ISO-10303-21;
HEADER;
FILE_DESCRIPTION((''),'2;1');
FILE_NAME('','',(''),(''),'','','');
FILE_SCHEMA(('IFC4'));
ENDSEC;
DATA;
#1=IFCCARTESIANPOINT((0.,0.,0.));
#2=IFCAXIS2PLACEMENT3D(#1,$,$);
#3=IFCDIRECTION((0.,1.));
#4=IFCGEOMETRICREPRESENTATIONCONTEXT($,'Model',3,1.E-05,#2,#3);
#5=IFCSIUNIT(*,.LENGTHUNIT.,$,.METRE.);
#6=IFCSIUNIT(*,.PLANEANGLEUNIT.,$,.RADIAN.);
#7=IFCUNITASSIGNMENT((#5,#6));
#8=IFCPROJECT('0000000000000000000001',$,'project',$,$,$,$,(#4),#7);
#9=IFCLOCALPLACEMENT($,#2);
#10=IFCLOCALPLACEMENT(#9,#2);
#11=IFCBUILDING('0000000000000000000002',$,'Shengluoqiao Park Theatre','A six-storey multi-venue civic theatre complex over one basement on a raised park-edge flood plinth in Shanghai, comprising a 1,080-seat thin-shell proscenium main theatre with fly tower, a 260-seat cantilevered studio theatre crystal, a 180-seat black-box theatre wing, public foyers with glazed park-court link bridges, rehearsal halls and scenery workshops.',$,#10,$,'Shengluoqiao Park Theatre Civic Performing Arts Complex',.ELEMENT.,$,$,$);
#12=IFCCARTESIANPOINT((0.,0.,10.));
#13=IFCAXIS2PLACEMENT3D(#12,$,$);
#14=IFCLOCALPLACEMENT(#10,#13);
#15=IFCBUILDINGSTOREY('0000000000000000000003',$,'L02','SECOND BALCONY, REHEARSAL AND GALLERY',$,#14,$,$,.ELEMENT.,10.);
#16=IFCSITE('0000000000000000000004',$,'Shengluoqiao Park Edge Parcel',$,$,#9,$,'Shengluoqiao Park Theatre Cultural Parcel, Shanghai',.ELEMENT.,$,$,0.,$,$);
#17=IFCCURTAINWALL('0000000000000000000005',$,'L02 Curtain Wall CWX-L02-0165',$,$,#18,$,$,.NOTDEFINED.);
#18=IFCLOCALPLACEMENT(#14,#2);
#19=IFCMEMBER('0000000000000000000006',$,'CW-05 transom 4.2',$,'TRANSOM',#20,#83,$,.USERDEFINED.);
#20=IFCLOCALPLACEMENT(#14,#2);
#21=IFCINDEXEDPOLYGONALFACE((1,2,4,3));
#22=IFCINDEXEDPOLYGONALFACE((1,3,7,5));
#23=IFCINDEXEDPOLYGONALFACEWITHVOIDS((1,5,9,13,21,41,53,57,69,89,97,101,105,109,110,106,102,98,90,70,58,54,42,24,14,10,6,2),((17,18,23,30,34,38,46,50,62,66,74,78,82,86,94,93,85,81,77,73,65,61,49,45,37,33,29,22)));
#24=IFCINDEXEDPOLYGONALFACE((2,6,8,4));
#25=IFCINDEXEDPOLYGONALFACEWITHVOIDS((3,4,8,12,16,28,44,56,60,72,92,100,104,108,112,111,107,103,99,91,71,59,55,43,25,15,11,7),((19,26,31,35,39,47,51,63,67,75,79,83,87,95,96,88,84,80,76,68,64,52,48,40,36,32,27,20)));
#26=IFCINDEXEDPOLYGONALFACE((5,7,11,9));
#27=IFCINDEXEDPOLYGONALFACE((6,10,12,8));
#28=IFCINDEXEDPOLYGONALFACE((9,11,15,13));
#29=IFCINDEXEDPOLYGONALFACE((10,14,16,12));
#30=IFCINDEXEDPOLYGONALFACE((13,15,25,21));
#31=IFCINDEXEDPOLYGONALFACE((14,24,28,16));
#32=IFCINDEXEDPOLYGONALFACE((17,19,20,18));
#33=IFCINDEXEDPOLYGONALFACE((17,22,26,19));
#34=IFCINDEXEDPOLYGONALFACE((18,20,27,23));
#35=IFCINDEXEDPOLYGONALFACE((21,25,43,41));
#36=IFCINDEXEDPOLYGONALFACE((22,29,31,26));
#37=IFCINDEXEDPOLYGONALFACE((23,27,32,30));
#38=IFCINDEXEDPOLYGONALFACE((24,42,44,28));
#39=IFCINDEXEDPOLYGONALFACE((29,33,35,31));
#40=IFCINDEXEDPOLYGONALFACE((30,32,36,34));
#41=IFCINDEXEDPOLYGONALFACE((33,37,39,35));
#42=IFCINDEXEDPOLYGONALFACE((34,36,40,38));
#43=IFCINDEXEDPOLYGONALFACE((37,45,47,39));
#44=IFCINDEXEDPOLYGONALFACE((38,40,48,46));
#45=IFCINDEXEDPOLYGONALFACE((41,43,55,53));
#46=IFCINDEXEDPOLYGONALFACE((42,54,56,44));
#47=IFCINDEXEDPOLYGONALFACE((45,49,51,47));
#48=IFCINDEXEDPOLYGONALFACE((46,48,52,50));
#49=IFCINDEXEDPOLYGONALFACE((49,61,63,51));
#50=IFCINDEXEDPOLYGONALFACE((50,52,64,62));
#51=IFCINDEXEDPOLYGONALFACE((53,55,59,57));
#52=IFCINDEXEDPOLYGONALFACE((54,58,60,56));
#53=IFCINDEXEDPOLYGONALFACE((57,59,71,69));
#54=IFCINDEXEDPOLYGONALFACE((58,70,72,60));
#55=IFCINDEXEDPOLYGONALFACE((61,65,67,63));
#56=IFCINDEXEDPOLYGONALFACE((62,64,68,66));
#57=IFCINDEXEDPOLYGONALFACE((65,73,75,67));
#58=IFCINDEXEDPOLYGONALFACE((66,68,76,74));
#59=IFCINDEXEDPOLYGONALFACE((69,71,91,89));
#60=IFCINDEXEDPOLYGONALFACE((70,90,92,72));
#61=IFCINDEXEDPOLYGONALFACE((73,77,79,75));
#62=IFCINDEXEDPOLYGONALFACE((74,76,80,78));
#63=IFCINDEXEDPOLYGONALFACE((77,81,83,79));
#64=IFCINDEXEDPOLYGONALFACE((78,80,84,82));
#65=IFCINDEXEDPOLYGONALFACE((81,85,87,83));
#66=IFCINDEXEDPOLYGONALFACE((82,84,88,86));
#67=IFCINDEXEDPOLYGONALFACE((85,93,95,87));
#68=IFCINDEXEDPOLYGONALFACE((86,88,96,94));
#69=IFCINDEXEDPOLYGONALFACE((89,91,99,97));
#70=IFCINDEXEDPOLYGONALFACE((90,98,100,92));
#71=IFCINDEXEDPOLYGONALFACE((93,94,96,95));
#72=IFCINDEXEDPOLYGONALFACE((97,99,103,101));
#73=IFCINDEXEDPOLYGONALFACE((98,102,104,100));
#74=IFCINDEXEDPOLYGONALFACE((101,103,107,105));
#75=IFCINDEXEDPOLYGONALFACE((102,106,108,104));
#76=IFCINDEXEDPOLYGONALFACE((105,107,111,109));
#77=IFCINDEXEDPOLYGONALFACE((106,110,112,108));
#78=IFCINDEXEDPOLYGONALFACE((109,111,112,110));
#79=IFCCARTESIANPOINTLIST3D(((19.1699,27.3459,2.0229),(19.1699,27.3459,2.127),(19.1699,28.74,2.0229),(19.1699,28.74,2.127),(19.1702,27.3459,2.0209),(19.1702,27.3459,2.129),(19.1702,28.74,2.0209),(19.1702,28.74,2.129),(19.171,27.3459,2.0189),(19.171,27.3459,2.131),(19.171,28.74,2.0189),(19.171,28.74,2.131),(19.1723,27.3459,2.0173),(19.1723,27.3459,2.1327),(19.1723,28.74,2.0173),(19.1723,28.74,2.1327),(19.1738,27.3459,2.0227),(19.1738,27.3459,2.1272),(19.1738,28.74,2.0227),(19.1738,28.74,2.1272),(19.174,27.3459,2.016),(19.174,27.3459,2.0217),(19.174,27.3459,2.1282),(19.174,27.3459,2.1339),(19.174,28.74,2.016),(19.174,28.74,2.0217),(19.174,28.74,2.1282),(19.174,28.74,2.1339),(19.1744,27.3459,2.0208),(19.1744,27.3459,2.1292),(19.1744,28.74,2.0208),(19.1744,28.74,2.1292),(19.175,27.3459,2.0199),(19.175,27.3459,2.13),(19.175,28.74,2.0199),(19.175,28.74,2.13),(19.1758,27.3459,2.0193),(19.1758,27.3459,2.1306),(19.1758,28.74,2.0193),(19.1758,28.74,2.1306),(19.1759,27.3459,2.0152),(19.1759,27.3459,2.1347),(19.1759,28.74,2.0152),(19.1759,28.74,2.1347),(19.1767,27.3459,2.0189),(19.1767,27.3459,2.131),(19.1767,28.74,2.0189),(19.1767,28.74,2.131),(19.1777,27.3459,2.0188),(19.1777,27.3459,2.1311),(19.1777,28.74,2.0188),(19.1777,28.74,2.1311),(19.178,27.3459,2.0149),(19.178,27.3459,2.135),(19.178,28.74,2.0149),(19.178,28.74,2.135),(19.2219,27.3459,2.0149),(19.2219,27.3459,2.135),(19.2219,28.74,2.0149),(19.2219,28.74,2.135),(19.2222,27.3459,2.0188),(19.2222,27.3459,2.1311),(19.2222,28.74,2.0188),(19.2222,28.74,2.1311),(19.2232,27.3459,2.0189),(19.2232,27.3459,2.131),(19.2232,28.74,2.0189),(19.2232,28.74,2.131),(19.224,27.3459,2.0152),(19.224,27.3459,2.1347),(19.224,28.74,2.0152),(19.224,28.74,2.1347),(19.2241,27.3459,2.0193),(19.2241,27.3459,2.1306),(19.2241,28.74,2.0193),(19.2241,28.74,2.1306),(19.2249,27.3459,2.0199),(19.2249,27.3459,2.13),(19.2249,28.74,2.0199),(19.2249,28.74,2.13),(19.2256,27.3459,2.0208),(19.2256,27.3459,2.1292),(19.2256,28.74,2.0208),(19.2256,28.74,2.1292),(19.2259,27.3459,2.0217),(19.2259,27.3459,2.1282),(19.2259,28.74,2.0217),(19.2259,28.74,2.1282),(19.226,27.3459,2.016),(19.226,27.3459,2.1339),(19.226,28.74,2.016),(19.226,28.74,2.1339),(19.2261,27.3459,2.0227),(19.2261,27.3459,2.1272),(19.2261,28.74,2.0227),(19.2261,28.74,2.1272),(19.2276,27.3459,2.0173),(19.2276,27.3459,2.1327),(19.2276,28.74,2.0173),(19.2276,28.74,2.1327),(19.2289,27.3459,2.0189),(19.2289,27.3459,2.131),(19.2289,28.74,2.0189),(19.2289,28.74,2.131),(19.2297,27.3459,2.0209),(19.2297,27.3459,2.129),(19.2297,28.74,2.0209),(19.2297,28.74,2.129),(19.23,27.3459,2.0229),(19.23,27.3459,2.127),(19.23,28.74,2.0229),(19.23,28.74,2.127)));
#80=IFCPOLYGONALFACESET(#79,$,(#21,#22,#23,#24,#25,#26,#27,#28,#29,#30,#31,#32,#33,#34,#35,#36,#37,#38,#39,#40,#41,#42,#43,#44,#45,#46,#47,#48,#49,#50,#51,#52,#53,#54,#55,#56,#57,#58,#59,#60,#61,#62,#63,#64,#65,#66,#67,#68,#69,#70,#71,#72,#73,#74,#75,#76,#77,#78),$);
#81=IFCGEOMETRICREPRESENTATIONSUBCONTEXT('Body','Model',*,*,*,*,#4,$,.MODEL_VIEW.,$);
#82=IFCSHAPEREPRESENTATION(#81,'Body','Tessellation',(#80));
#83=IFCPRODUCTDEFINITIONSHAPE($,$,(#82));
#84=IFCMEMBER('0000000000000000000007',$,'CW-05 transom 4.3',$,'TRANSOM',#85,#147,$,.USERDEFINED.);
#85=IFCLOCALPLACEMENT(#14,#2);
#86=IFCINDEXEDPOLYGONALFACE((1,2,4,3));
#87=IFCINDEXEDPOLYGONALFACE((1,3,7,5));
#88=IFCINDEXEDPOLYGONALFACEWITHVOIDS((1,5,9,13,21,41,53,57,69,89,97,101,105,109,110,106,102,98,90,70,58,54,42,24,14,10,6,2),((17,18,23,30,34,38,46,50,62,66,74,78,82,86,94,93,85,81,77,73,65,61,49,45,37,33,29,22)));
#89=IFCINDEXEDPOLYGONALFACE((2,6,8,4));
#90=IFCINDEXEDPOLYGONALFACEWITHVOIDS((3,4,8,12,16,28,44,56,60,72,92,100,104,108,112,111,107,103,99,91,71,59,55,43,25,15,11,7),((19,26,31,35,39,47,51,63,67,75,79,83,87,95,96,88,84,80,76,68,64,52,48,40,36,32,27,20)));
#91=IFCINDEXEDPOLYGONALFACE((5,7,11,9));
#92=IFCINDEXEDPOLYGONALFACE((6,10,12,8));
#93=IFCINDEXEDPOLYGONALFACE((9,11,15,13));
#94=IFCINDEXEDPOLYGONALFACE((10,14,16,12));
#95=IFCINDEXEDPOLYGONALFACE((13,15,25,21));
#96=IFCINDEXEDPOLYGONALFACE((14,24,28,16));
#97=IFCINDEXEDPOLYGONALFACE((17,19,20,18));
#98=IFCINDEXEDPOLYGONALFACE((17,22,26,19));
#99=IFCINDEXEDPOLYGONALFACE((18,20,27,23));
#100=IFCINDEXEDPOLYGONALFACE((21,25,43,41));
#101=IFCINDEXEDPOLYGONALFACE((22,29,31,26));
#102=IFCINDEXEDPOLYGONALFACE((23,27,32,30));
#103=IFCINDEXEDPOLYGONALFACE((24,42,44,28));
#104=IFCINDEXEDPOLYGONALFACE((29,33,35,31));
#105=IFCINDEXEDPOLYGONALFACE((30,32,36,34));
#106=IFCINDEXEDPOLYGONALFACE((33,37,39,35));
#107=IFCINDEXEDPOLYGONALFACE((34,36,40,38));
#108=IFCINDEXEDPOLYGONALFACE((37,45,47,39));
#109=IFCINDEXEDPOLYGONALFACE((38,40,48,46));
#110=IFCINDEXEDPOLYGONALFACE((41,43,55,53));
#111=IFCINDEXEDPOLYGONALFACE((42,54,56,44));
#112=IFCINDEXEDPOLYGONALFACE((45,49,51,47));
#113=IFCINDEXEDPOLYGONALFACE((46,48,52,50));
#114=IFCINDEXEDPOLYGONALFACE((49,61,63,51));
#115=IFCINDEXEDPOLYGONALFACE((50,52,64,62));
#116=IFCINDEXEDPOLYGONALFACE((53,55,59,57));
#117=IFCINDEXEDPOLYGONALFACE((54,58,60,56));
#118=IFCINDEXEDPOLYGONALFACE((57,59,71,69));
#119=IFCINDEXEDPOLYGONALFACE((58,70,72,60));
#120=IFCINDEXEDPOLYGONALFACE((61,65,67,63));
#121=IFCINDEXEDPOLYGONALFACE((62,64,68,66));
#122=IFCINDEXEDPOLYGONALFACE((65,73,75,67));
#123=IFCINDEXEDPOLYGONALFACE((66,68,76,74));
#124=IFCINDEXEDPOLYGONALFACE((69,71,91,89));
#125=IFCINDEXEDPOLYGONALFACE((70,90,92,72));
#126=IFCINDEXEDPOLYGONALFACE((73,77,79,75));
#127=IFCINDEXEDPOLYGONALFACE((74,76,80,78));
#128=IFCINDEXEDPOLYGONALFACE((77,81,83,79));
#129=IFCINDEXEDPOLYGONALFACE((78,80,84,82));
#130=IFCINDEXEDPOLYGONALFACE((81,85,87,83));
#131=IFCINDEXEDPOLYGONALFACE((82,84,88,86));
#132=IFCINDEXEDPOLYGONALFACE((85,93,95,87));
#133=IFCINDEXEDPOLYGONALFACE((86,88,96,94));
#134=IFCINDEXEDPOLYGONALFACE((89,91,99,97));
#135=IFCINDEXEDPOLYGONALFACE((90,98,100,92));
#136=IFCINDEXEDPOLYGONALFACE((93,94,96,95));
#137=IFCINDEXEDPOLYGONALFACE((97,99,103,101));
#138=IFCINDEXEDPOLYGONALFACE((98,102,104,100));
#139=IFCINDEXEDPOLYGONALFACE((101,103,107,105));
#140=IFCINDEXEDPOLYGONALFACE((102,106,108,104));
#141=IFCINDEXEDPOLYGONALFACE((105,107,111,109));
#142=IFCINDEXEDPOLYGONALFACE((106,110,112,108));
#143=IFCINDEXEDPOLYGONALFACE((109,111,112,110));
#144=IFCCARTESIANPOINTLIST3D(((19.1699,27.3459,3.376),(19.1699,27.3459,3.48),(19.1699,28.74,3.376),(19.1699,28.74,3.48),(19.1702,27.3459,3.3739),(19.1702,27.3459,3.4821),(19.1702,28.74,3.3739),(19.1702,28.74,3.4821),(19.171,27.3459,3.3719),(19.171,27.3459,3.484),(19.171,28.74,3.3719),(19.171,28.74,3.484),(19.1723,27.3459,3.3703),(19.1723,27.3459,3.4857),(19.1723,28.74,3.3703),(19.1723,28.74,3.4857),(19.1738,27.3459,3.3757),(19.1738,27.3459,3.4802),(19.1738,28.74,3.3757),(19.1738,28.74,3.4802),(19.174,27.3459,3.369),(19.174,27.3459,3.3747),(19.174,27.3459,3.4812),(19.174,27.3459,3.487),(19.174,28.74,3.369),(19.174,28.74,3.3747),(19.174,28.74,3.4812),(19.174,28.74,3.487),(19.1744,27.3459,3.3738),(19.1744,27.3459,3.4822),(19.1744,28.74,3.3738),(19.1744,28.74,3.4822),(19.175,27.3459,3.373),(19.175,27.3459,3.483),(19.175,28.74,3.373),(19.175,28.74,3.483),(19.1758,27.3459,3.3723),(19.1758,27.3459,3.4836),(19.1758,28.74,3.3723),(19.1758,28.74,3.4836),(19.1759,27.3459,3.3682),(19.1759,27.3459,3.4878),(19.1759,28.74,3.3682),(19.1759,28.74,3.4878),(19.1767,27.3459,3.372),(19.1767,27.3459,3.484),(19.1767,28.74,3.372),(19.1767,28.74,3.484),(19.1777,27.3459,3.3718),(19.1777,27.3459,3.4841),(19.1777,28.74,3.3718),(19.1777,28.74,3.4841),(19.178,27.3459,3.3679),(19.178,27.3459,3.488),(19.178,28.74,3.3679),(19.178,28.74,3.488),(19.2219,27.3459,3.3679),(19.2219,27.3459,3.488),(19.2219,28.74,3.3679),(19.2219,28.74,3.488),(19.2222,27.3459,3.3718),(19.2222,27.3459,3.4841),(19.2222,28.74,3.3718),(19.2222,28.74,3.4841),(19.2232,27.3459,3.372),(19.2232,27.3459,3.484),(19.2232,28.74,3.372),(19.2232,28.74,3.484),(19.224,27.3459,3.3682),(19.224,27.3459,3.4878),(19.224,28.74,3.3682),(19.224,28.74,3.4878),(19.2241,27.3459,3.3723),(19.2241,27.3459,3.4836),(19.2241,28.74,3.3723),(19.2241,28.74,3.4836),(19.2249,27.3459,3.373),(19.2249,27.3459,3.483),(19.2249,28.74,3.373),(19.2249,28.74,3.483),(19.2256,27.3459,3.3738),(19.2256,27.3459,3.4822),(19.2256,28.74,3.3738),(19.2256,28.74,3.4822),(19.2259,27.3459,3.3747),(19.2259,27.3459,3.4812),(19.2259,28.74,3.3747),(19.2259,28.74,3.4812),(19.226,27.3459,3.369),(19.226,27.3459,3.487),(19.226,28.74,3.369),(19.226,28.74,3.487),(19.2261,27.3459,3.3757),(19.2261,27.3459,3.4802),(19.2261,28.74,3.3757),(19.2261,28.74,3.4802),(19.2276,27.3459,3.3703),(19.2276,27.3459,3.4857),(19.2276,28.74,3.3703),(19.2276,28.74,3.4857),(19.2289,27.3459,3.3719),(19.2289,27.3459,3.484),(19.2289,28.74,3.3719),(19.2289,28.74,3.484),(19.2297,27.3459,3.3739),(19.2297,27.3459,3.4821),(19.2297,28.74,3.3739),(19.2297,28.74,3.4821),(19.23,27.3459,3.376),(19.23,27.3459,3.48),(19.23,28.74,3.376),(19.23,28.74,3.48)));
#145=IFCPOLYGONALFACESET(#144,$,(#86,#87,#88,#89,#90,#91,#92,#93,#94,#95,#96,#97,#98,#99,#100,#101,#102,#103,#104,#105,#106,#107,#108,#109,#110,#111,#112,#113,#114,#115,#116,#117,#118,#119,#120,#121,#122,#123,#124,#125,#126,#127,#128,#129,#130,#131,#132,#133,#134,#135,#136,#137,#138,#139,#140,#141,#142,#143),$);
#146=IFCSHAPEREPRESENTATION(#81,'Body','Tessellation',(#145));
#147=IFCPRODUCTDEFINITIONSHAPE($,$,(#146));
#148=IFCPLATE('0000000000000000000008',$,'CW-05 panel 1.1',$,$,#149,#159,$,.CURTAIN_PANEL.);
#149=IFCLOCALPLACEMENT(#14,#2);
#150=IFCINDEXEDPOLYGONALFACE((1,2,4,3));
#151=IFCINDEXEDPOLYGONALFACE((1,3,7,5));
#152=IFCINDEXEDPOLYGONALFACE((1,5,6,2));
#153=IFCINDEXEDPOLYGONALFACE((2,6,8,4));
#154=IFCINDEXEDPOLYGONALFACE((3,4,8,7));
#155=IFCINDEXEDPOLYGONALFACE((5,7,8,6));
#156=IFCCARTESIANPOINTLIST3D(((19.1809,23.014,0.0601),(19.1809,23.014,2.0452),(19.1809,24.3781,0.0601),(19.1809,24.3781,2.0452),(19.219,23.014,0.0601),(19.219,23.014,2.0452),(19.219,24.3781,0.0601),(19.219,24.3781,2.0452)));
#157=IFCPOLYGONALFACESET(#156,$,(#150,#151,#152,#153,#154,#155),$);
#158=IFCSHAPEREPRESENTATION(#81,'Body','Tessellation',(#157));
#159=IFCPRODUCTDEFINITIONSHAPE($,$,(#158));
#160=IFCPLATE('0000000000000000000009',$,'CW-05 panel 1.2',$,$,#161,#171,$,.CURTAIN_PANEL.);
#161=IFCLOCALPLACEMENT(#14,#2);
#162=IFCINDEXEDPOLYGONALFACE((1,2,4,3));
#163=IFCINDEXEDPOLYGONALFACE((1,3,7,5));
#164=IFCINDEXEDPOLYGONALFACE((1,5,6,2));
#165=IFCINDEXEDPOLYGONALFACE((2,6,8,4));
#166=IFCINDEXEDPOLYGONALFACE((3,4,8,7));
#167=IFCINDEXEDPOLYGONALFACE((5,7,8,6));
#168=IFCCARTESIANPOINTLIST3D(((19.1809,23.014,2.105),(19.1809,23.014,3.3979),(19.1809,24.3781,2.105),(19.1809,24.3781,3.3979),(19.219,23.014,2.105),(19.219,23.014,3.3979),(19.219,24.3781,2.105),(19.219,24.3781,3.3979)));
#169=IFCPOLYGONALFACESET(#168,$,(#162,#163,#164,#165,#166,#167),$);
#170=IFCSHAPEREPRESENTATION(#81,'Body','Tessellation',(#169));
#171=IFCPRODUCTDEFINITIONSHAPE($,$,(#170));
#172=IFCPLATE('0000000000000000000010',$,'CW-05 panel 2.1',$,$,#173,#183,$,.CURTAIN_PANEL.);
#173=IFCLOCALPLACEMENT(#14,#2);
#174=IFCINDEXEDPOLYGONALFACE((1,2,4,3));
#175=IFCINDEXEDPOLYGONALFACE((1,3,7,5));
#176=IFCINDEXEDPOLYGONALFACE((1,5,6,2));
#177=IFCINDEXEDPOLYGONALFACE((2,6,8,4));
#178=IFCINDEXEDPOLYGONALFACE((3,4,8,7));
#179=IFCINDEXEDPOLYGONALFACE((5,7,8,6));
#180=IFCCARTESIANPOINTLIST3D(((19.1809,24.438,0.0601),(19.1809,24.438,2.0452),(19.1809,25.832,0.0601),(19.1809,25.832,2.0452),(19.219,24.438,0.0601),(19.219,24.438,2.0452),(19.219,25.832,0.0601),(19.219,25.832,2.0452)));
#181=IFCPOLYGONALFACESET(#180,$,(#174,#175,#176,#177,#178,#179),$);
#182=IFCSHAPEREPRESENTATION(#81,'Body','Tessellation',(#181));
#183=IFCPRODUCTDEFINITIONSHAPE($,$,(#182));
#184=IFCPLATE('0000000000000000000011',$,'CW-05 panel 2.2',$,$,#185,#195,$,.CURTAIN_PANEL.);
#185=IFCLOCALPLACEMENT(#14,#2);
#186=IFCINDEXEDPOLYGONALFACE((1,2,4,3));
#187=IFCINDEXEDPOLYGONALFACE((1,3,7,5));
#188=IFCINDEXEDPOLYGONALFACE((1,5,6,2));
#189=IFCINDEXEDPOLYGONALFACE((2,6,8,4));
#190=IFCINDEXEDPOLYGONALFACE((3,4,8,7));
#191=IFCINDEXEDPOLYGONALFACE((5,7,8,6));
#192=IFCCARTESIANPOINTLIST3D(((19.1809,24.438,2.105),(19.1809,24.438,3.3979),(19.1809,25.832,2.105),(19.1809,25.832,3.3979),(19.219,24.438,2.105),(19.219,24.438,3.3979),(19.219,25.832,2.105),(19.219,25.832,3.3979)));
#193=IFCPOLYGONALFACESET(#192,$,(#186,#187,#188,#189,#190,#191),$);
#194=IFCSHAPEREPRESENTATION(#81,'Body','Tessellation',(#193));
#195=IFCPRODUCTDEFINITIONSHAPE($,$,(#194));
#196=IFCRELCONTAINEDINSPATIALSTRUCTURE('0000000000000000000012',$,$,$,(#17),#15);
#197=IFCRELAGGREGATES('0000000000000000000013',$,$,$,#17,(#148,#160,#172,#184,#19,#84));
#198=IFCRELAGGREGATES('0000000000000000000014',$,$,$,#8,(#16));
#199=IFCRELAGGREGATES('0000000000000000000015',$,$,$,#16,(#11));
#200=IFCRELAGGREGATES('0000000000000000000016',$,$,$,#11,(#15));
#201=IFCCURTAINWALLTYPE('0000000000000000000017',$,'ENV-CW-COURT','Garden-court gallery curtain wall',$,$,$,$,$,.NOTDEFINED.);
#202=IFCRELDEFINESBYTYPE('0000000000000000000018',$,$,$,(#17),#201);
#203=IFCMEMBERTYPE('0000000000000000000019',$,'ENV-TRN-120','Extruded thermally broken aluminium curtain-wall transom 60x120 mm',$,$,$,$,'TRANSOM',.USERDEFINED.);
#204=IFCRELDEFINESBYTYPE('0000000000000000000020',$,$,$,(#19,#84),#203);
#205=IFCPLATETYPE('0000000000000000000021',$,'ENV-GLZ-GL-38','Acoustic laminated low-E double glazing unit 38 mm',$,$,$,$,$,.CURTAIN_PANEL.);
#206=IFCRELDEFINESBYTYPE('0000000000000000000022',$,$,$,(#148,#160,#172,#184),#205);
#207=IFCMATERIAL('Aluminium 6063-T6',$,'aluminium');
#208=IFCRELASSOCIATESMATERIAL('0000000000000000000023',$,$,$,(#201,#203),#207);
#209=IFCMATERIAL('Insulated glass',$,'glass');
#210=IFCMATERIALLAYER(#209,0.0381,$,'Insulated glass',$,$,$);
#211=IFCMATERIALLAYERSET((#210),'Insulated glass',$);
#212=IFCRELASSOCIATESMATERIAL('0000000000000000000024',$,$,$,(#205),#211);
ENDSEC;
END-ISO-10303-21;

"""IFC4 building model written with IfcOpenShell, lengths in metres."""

from ifc_helpers import new_model, si_unit, direction, frame, origin, origin_2d, place, context, subcontext, project, spatial, rectangle, hollow_rectangle, extrude, material, layer, layer_set, material_profile, profile_set, type_object, element, aggregate, save


model = new_model("IFC4")

# Units and contexts
model_context = context("Model", 3, precision=1e-05, world=origin(), true_north=direction((0.0, 1.0)))
body_context = subcontext(model_context, "Body", "Model", "MODEL_VIEW")
ifc_project = project(units=[si_unit("LENGTHUNIT", "METRE"), si_unit("PLANEANGLEUNIT", "RADIAN")], contexts=[model_context])

# Site, building, storey
site_placement = place(None, origin())
site = spatial("IfcSite", under=ifc_project, at=site_placement, Name="Shengluoqiao Park Edge Parcel", LongName="Shengluoqiao Park Theatre Cultural Parcel, Shanghai", CompositionType="ELEMENT", RefElevation=0.0)
building_placement = place(site_placement, origin())
building = spatial("IfcBuilding", under=site, at=building_placement, Name="Shengluoqiao Park Theatre", Description="A six-storey multi-venue civic theatre complex over one basement on a raised park-edge flood plinth in Shanghai, comprising a 1,080-seat thin-shell proscenium main theatre with fly tower, a 260-seat cantilevered studio theatre crystal, a 180-seat black-box theatre wing, public foyers with glazed park-court link bridges, rehearsal halls and scenery workshops.", LongName="Shengluoqiao Park Theatre Civic Performing Arts Complex", CompositionType="ELEMENT")
storey_placement = place(building_placement, frame((0.0, 0.0, 10.0)))
storey = spatial("IfcBuildingStorey", under=building, at=storey_placement, Name="L02", Description="SECOND BALCONY, REHEARSAL AND GALLERY", CompositionType="ELEMENT", Elevation=10.0)

# Shared definitions
ifc_material_1 = material(Name="Aluminium 6063-T6", Category="aluminium")

# Curtain wall, members, plates
curtain_wall_type_1 = type_object("IfcCurtainWallType", Name="ENV-CW-COURT", Description="Garden-court gallery curtain wall", PredefinedType="NOTDEFINED", material=ifc_material_1)
curtain_wall_1_placement = place(storey_placement, origin())
curtain_wall_1 = element("IfcCurtainWall", 1, at=curtain_wall_1_placement, inside=storey, type_object=curtain_wall_type_1, Name="L02 Curtain Wall CWX-L02-0165", PredefinedType="NOTDEFINED")
ifc_material_profile_1 = material_profile(ifc_material_1, hollow_rectangle(XDim=0.0601, YDim=0.1201, WallThickness=0.0039, InnerFilletRadius=0.0039, OuterFilletRadius=0.0081, at=origin_2d()), Name="ALU TRANSOM 120x60x4")
ifc_profile_set_1 = profile_set([ifc_material_profile_1], Name="Aluminium 6063-T6")
member_type_1 = type_object("IfcMemberType", Name="ENV-TRN-120", Description="Extruded thermally broken aluminium curtain-wall transom 60x120 mm", ElementType="TRANSOM", PredefinedType="USERDEFINED", material=ifc_profile_set_1)
member_1_placement = place(storey_placement, frame((19.2, 27.3459, 2.075), z_axis=(0.0, 1.0, 0.0), x_axis=(-1.0, 0.0, 0.0)))
member_1 = element("IfcMember", 2, at=member_1_placement, type_object=member_type_1, Name="CW-05 transom 4.2", ObjectType="TRANSOM", PredefinedType="USERDEFINED", context=body_context, shape_type="SweptSolid", body=[
    extrude(hollow_rectangle(XDim=0.0601, YDim=0.1201, WallThickness=0.0039, InnerFilletRadius=0.0039, OuterFilletRadius=0.0081, at=origin_2d()), origin(), (0.0, 0.0, 1.0), 1.394),
])
member_2_placement = place(storey_placement, frame((19.2, 27.3459, 3.428), z_axis=(0.0, 1.0, 0.0), x_axis=(-1.0, 0.0, 0.0)))
member_2 = element("IfcMember", 3, at=member_2_placement, type_object=member_type_1, Name="CW-05 transom 4.3", ObjectType="TRANSOM", PredefinedType="USERDEFINED", context=body_context, shape_type="SweptSolid", body=[
    extrude(hollow_rectangle(XDim=0.0601, YDim=0.1201, WallThickness=0.0039, InnerFilletRadius=0.0039, OuterFilletRadius=0.0081, at=origin_2d()), origin(), (0.0, 0.0, 1.0), 1.394),
])
ifc_material_2 = material(Name="Insulated glass", Category="glass")
ifc_layer = layer(ifc_material_2, 0.0381, Name="Insulated glass")
ifc_layer_set = layer_set([ifc_layer], Name="Insulated glass")
plate_type = type_object("IfcPlateType", Name="ENV-GLZ-GL-38", Description="Acoustic laminated low-E double glazing unit 38 mm", PredefinedType="CURTAIN_PANEL", material=ifc_layer_set)
plate_1_placement = place(storey_placement, frame((19.2, 23.696, 0.0601), z_axis=(0.0, 0.0, 1.0), x_axis=(0.0, 1.0, 0.0)))
plate_1 = element("IfcPlate", 4, at=plate_1_placement, type_object=plate_type, Name="CW-05 panel 1.1", PredefinedType="CURTAIN_PANEL", context=body_context, shape_type="SweptSolid", body=[
    extrude(rectangle(XDim=1.364, YDim=0.0381, at=origin_2d()), origin(), (0.0, 0.0, 1.0), 1.9851),
])
plate_2_placement = place(storey_placement, frame((19.2, 23.696, 2.105), z_axis=(0.0, 0.0, 1.0), x_axis=(0.0, 1.0, 0.0)))
plate_2 = element("IfcPlate", 5, at=plate_2_placement, type_object=plate_type, Name="CW-05 panel 1.2", PredefinedType="CURTAIN_PANEL", context=body_context, shape_type="SweptSolid", body=[
    extrude(rectangle(XDim=1.364, YDim=0.0381, at=origin_2d()), origin(), (0.0, 0.0, 1.0), 1.293),
])
plate_3_placement = place(storey_placement, frame((19.2, 25.135, 0.0601), z_axis=(0.0, 0.0, 1.0), x_axis=(0.0, 1.0, 0.0)))
plate_3 = element("IfcPlate", 6, at=plate_3_placement, type_object=plate_type, Name="CW-05 panel 2.1", PredefinedType="CURTAIN_PANEL", context=body_context, shape_type="SweptSolid", body=[
    extrude(rectangle(XDim=1.394, YDim=0.0381, at=origin_2d()), origin(), (0.0, 0.0, 1.0), 1.9851),
])
plate_4_placement = place(storey_placement, frame((19.2, 25.135, 2.105), z_axis=(0.0, 0.0, 1.0), x_axis=(0.0, 1.0, 0.0)))
plate_4 = element("IfcPlate", 7, at=plate_4_placement, type_object=plate_type, Name="CW-05 panel 2.2", PredefinedType="CURTAIN_PANEL", context=body_context, shape_type="SweptSolid", body=[
    extrude(rectangle(XDim=1.394, YDim=0.0381, at=origin_2d()), origin(), (0.0, 0.0, 1.0), 1.293),
])
aggregate(curtain_wall_1, [plate_1, plate_2, plate_3, plate_4, member_1, member_2])

save(model, "model.ifc")
